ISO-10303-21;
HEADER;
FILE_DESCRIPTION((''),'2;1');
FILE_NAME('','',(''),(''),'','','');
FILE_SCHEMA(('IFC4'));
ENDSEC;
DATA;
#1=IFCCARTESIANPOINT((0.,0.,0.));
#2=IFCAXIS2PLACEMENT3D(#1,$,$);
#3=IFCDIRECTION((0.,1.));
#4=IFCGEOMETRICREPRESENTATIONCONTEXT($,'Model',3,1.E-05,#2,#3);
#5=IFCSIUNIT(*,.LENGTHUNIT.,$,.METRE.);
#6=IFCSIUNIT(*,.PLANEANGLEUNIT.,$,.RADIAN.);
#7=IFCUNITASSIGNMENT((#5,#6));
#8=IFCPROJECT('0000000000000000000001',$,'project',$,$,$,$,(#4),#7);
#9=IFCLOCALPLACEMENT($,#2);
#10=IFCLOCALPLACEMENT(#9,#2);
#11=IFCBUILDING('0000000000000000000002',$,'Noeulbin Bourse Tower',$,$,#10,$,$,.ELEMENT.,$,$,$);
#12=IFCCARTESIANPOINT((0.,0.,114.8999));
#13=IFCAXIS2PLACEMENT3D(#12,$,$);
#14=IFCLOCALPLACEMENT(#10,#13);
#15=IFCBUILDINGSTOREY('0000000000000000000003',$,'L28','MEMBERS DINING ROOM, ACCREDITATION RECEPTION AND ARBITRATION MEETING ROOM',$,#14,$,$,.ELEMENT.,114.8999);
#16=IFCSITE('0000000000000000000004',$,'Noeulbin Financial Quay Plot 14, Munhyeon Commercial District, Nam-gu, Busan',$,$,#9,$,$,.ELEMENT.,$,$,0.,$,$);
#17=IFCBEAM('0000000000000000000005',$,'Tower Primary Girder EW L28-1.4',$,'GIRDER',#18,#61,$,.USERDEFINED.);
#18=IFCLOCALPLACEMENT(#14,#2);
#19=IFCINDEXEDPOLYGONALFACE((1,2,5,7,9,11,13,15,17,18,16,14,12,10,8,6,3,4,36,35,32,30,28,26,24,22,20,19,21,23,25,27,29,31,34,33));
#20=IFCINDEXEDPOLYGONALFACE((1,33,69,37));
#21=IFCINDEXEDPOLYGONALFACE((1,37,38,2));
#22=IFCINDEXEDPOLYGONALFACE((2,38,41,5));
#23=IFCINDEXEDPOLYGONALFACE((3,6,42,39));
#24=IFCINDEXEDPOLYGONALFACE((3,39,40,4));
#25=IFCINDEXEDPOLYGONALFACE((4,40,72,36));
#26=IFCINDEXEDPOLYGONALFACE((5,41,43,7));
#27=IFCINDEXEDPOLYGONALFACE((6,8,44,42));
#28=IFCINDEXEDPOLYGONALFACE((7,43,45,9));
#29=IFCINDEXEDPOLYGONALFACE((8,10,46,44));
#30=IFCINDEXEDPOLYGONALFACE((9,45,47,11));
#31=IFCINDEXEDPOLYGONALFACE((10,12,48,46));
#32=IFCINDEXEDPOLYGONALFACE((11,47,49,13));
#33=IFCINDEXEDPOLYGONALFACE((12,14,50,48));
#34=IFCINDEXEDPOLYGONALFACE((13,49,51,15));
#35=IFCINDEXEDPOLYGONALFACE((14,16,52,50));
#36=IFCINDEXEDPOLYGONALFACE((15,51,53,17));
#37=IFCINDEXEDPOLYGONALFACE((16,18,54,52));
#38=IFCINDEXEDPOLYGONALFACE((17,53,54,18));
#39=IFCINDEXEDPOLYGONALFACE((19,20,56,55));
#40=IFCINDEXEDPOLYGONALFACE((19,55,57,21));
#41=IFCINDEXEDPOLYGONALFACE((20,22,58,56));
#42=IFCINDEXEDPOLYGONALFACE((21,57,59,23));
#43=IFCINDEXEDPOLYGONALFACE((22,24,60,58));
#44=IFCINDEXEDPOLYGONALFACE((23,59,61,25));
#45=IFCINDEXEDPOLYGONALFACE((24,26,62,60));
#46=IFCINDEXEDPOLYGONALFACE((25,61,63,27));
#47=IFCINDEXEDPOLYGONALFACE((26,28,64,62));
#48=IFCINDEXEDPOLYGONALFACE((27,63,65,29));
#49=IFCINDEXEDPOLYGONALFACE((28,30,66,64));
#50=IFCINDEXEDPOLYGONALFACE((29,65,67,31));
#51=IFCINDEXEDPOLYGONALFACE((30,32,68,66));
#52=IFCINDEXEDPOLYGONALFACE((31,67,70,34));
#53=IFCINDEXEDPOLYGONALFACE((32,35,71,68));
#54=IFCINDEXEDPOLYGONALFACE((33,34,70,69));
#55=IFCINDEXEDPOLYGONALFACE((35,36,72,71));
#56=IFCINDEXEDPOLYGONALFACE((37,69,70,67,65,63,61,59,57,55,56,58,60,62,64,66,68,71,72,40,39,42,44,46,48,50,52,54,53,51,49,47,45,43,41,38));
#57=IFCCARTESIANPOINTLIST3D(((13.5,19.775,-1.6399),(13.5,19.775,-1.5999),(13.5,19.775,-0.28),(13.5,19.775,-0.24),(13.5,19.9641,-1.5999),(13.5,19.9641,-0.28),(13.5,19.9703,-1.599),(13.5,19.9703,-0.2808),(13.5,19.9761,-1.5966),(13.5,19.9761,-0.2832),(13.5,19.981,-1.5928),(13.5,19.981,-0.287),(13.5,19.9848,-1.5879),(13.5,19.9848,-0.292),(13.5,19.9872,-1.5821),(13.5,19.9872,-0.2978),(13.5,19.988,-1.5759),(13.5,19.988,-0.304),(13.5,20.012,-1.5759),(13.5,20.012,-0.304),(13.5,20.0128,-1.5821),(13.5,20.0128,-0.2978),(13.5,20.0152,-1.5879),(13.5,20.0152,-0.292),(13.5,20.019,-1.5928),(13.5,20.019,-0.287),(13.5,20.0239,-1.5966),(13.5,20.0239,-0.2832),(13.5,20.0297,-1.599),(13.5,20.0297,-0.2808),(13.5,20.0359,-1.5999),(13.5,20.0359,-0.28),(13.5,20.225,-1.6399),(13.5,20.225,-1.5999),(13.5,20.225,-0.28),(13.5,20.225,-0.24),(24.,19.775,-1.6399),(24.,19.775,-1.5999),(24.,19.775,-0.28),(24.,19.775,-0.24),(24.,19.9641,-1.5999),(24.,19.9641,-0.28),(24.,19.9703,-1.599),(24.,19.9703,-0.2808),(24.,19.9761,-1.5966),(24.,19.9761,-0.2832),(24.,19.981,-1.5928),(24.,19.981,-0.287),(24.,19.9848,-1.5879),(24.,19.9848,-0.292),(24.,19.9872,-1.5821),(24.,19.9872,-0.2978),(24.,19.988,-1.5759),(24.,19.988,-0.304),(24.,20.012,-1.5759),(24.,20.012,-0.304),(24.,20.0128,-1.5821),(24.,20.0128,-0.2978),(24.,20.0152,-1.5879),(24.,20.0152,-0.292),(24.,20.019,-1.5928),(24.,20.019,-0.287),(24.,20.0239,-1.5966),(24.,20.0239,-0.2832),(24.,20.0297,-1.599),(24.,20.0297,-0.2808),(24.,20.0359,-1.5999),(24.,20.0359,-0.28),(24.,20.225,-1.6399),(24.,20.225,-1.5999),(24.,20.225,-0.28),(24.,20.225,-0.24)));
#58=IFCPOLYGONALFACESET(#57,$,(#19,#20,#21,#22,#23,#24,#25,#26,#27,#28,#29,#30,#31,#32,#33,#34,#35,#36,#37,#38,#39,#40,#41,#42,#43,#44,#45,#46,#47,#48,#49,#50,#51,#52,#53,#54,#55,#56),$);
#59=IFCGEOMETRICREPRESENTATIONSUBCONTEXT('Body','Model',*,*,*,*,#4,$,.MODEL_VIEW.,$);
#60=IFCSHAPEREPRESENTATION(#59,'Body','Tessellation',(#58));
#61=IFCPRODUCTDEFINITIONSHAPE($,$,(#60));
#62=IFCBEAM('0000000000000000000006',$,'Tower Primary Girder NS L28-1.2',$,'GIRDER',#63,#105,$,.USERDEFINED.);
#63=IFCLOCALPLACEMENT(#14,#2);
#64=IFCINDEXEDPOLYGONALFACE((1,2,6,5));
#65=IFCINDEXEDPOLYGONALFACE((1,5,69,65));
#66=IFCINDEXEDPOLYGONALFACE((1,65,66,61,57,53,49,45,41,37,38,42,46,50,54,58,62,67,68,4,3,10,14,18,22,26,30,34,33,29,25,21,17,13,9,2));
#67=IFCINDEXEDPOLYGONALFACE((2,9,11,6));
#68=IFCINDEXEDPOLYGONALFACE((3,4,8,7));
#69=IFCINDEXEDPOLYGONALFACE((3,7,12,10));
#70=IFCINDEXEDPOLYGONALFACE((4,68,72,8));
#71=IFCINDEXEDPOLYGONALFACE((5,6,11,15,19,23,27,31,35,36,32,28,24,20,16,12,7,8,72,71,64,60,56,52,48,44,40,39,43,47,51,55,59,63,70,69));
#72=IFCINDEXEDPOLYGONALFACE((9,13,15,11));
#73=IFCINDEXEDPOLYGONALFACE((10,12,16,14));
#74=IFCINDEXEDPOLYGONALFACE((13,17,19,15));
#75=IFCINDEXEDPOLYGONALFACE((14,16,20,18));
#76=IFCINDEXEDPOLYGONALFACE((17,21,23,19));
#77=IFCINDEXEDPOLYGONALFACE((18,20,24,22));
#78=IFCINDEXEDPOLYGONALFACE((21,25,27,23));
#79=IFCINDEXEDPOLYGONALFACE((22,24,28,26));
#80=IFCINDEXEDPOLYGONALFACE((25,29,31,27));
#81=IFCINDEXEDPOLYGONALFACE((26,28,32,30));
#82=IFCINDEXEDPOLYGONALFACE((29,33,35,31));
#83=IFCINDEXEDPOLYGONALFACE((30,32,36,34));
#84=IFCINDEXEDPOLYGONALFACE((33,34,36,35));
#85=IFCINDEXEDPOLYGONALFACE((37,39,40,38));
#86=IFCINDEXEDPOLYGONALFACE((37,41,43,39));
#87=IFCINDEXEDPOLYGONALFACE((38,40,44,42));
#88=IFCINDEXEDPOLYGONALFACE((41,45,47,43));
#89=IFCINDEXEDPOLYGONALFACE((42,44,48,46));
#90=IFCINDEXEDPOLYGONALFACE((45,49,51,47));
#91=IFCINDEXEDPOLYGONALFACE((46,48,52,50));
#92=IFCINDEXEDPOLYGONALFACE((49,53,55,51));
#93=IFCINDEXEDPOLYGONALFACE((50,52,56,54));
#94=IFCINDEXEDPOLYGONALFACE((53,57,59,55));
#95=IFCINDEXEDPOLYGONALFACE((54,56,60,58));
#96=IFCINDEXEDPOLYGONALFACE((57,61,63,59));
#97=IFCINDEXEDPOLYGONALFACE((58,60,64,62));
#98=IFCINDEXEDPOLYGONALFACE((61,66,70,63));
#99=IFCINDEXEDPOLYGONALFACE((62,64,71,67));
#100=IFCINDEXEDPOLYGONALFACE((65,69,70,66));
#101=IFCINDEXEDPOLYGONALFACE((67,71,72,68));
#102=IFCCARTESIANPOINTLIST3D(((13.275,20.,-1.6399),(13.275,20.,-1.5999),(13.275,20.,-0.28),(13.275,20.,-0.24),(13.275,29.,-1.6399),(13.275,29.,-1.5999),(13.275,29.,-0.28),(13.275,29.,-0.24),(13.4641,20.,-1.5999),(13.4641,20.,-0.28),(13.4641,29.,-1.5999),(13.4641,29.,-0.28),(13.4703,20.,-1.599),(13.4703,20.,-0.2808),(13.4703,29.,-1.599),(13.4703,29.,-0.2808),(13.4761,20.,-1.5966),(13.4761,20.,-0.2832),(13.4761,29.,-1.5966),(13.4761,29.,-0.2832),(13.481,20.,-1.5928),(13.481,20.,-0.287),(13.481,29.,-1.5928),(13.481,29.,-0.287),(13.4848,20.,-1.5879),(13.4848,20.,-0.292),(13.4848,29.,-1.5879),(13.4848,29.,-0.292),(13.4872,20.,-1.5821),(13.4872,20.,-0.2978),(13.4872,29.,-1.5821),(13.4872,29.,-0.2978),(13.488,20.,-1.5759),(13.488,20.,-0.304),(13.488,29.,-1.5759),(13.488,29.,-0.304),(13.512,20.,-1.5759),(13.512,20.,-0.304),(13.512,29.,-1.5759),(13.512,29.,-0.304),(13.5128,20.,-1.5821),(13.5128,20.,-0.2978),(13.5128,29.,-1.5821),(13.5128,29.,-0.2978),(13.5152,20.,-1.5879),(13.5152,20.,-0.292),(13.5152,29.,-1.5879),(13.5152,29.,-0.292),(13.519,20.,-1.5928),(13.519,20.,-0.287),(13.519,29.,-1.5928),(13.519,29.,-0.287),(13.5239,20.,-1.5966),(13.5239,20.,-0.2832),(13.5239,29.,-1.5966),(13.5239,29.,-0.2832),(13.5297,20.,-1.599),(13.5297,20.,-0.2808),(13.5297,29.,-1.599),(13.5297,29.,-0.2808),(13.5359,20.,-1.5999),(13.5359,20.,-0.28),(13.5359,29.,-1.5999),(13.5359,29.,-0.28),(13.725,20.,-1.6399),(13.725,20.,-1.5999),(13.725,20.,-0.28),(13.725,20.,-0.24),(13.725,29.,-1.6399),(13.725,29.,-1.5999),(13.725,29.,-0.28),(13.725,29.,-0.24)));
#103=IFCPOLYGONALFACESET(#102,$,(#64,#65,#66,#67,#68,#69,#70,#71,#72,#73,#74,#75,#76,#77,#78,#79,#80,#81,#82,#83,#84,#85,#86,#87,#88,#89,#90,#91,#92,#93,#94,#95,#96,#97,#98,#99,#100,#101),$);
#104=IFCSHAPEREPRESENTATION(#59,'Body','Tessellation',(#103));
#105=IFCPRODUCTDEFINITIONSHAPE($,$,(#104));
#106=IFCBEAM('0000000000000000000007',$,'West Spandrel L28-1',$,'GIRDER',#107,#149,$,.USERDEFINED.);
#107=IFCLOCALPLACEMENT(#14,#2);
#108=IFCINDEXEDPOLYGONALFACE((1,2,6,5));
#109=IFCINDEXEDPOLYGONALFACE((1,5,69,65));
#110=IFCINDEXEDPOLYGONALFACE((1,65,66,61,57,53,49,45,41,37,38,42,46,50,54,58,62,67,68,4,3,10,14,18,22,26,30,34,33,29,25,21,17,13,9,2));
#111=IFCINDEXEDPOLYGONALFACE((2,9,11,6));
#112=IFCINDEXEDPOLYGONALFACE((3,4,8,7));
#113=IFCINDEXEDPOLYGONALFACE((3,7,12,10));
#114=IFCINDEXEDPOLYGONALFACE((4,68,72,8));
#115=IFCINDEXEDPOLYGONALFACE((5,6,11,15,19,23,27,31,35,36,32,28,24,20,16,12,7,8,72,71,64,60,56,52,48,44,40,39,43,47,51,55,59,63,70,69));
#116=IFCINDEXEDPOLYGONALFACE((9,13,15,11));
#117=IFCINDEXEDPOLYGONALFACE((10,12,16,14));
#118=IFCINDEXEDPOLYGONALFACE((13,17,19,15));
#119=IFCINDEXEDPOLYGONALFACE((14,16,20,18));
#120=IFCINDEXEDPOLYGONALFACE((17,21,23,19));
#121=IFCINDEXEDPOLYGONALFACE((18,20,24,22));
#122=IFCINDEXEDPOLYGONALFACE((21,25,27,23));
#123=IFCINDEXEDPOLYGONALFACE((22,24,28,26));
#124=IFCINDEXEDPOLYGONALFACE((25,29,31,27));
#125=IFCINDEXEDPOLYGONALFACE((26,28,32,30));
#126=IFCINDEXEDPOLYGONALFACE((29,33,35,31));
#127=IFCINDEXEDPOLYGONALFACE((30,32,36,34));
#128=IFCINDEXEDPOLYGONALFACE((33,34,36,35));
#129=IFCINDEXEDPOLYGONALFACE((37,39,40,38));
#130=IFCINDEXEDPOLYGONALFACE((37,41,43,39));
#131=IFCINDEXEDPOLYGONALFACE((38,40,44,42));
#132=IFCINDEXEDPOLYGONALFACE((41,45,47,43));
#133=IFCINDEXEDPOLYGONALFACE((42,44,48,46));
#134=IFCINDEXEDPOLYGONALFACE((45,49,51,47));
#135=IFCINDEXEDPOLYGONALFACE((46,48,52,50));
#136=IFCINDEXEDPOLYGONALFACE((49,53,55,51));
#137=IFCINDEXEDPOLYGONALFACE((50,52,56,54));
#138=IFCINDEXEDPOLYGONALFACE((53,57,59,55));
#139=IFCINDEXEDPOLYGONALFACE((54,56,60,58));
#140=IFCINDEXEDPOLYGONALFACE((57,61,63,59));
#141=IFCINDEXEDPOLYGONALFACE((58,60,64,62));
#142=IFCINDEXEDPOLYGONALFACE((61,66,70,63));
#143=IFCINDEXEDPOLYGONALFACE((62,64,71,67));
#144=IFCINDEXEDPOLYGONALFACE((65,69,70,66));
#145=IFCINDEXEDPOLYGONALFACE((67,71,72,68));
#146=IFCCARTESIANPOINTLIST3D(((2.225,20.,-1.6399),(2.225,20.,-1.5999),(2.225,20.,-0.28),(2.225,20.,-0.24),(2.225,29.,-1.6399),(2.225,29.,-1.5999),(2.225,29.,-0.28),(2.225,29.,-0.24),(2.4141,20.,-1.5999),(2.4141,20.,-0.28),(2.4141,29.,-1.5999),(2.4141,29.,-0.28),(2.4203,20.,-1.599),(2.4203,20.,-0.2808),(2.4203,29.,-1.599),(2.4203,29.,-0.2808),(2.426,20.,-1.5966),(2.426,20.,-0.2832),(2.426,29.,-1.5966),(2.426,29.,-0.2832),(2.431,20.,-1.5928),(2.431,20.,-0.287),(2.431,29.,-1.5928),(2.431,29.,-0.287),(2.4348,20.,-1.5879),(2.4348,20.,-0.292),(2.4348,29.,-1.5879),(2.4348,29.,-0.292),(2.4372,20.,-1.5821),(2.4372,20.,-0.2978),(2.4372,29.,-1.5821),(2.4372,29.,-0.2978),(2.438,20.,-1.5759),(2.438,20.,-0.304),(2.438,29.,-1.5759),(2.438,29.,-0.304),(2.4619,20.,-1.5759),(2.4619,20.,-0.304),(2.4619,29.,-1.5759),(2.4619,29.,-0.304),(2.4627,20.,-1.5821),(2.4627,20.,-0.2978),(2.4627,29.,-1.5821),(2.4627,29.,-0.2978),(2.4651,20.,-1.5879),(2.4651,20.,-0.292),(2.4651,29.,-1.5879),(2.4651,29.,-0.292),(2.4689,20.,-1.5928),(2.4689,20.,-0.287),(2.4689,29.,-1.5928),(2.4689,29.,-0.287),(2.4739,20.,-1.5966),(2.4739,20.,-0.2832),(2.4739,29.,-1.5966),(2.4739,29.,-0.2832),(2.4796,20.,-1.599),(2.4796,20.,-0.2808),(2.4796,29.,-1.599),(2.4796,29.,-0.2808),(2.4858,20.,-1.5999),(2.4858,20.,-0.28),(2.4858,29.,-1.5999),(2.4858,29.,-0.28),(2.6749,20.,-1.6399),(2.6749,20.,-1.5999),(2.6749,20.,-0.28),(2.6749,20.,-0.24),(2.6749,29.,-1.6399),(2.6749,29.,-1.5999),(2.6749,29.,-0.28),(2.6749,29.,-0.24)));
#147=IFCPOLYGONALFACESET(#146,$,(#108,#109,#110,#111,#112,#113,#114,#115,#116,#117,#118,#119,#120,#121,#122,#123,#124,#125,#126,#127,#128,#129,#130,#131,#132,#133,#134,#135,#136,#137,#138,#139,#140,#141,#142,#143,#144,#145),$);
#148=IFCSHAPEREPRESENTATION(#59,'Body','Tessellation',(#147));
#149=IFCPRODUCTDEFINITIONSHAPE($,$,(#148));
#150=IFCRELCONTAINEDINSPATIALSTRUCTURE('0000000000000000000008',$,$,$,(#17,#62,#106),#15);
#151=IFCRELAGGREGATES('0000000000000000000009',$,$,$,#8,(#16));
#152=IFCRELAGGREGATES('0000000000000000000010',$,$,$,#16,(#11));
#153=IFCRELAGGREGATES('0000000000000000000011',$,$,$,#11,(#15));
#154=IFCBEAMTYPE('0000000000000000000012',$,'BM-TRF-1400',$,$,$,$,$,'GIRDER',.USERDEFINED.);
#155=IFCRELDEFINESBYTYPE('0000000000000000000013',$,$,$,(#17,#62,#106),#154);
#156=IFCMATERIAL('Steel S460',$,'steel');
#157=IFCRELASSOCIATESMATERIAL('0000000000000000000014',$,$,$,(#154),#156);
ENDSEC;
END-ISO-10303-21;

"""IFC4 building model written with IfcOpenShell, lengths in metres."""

from ifc_helpers import new_model, si_unit, direction, frame, origin, origin_2d, place, context, subcontext, project, spatial, i_section, extrude, material, material_profile, profile_set, type_object, element, save


model = new_model("IFC4")

# Units and contexts
model_context = context("Model", 3, precision=1e-05, world=origin(), true_north=direction((0.0, 1.0)))
body_context = subcontext(model_context, "Body", "Model", "MODEL_VIEW")
ifc_project = project(units=[si_unit("LENGTHUNIT", "METRE"), si_unit("PLANEANGLEUNIT", "RADIAN")], contexts=[model_context])

# Site, building, storey
site_placement = place(None, origin())
site = spatial("IfcSite", under=ifc_project, at=site_placement, Name="Noeulbin Financial Quay Plot 14, Munhyeon Commercial District, Nam-gu, Busan", CompositionType="ELEMENT", RefElevation=0.0)
building_placement = place(site_placement, origin())
building = spatial("IfcBuilding", under=site, at=building_placement, Name="Noeulbin Bourse Tower", CompositionType="ELEMENT")
storey_placement = place(building_placement, frame((0.0, 0.0, 114.8999)))
storey = spatial("IfcBuildingStorey", under=building, at=storey_placement, Name="L28", Description="MEMBERS DINING ROOM, ACCREDITATION RECEPTION AND ARBITRATION MEETING ROOM", CompositionType="ELEMENT", Elevation=114.8999)

# Shared definitions
ifc_material_1 = material(Name="Steel S460", Category="steel")

# Beams
ifc_material_profile_1 = material_profile(ifc_material_1, i_section(OverallWidth=0.45, OverallDepth=1.3999, WebThickness=0.0239, FlangeThickness=0.04, FilletRadius=0.0239, at=origin_2d()), Name="PG-1400x450x24x40", Category="LoadBearing")
ifc_profile_set_1 = profile_set([ifc_material_profile_1], Name="Steel S460")
beam_type_1 = type_object("IfcBeamType", Name="BM-TRF-1400", ElementType="GIRDER", PredefinedType="USERDEFINED", material=ifc_profile_set_1)
beam_1_placement = place(storey_placement, frame((13.5, 20.0, -0.9399), z_axis=(1.0, 0.0, 0.0), x_axis=(0.0, 1.0, 0.0)))
element("IfcBeam", 1, at=beam_1_placement, inside=storey, type_object=beam_type_1, Name="Tower Primary Girder EW L28-1.4", ObjectType="GIRDER", PredefinedType="USERDEFINED", context=body_context, shape_type="SweptSolid", body=[
    extrude(i_section(OverallWidth=0.45, OverallDepth=1.3999, WebThickness=0.0239, FlangeThickness=0.04, FilletRadius=0.0239, at=origin_2d()), origin(), (0.0, 0.0, 1.0), 10.5),
])
for number, where, z_axis, x_axis, name in (
    (2, (13.5, 20.0, -0.9399), (0.0, 1.0, 0.0), (-1.0, 0.0, 0.0), "Tower Primary Girder NS L28-1.2"),
    (3, (2.45, 20.0, -0.9399), (0.0, 1.0, 0.0), (-1.0, 0.0, 0.0), "West Spandrel L28-1"),
):
    element("IfcBeam", number, at=place(storey_placement, frame(where, z_axis=z_axis, x_axis=x_axis)), inside=storey, type_object=beam_type_1, Name=name, ObjectType="GIRDER", PredefinedType="USERDEFINED", context=body_context, shape_type="SweptSolid", body=[
        extrude(i_section(OverallWidth=0.45, OverallDepth=1.3999, WebThickness=0.0239, FlangeThickness=0.04, FilletRadius=0.0239, at=origin_2d()), origin(), (0.0, 0.0, 1.0), 9.0),
    ])

save(model, "model.ifc")
